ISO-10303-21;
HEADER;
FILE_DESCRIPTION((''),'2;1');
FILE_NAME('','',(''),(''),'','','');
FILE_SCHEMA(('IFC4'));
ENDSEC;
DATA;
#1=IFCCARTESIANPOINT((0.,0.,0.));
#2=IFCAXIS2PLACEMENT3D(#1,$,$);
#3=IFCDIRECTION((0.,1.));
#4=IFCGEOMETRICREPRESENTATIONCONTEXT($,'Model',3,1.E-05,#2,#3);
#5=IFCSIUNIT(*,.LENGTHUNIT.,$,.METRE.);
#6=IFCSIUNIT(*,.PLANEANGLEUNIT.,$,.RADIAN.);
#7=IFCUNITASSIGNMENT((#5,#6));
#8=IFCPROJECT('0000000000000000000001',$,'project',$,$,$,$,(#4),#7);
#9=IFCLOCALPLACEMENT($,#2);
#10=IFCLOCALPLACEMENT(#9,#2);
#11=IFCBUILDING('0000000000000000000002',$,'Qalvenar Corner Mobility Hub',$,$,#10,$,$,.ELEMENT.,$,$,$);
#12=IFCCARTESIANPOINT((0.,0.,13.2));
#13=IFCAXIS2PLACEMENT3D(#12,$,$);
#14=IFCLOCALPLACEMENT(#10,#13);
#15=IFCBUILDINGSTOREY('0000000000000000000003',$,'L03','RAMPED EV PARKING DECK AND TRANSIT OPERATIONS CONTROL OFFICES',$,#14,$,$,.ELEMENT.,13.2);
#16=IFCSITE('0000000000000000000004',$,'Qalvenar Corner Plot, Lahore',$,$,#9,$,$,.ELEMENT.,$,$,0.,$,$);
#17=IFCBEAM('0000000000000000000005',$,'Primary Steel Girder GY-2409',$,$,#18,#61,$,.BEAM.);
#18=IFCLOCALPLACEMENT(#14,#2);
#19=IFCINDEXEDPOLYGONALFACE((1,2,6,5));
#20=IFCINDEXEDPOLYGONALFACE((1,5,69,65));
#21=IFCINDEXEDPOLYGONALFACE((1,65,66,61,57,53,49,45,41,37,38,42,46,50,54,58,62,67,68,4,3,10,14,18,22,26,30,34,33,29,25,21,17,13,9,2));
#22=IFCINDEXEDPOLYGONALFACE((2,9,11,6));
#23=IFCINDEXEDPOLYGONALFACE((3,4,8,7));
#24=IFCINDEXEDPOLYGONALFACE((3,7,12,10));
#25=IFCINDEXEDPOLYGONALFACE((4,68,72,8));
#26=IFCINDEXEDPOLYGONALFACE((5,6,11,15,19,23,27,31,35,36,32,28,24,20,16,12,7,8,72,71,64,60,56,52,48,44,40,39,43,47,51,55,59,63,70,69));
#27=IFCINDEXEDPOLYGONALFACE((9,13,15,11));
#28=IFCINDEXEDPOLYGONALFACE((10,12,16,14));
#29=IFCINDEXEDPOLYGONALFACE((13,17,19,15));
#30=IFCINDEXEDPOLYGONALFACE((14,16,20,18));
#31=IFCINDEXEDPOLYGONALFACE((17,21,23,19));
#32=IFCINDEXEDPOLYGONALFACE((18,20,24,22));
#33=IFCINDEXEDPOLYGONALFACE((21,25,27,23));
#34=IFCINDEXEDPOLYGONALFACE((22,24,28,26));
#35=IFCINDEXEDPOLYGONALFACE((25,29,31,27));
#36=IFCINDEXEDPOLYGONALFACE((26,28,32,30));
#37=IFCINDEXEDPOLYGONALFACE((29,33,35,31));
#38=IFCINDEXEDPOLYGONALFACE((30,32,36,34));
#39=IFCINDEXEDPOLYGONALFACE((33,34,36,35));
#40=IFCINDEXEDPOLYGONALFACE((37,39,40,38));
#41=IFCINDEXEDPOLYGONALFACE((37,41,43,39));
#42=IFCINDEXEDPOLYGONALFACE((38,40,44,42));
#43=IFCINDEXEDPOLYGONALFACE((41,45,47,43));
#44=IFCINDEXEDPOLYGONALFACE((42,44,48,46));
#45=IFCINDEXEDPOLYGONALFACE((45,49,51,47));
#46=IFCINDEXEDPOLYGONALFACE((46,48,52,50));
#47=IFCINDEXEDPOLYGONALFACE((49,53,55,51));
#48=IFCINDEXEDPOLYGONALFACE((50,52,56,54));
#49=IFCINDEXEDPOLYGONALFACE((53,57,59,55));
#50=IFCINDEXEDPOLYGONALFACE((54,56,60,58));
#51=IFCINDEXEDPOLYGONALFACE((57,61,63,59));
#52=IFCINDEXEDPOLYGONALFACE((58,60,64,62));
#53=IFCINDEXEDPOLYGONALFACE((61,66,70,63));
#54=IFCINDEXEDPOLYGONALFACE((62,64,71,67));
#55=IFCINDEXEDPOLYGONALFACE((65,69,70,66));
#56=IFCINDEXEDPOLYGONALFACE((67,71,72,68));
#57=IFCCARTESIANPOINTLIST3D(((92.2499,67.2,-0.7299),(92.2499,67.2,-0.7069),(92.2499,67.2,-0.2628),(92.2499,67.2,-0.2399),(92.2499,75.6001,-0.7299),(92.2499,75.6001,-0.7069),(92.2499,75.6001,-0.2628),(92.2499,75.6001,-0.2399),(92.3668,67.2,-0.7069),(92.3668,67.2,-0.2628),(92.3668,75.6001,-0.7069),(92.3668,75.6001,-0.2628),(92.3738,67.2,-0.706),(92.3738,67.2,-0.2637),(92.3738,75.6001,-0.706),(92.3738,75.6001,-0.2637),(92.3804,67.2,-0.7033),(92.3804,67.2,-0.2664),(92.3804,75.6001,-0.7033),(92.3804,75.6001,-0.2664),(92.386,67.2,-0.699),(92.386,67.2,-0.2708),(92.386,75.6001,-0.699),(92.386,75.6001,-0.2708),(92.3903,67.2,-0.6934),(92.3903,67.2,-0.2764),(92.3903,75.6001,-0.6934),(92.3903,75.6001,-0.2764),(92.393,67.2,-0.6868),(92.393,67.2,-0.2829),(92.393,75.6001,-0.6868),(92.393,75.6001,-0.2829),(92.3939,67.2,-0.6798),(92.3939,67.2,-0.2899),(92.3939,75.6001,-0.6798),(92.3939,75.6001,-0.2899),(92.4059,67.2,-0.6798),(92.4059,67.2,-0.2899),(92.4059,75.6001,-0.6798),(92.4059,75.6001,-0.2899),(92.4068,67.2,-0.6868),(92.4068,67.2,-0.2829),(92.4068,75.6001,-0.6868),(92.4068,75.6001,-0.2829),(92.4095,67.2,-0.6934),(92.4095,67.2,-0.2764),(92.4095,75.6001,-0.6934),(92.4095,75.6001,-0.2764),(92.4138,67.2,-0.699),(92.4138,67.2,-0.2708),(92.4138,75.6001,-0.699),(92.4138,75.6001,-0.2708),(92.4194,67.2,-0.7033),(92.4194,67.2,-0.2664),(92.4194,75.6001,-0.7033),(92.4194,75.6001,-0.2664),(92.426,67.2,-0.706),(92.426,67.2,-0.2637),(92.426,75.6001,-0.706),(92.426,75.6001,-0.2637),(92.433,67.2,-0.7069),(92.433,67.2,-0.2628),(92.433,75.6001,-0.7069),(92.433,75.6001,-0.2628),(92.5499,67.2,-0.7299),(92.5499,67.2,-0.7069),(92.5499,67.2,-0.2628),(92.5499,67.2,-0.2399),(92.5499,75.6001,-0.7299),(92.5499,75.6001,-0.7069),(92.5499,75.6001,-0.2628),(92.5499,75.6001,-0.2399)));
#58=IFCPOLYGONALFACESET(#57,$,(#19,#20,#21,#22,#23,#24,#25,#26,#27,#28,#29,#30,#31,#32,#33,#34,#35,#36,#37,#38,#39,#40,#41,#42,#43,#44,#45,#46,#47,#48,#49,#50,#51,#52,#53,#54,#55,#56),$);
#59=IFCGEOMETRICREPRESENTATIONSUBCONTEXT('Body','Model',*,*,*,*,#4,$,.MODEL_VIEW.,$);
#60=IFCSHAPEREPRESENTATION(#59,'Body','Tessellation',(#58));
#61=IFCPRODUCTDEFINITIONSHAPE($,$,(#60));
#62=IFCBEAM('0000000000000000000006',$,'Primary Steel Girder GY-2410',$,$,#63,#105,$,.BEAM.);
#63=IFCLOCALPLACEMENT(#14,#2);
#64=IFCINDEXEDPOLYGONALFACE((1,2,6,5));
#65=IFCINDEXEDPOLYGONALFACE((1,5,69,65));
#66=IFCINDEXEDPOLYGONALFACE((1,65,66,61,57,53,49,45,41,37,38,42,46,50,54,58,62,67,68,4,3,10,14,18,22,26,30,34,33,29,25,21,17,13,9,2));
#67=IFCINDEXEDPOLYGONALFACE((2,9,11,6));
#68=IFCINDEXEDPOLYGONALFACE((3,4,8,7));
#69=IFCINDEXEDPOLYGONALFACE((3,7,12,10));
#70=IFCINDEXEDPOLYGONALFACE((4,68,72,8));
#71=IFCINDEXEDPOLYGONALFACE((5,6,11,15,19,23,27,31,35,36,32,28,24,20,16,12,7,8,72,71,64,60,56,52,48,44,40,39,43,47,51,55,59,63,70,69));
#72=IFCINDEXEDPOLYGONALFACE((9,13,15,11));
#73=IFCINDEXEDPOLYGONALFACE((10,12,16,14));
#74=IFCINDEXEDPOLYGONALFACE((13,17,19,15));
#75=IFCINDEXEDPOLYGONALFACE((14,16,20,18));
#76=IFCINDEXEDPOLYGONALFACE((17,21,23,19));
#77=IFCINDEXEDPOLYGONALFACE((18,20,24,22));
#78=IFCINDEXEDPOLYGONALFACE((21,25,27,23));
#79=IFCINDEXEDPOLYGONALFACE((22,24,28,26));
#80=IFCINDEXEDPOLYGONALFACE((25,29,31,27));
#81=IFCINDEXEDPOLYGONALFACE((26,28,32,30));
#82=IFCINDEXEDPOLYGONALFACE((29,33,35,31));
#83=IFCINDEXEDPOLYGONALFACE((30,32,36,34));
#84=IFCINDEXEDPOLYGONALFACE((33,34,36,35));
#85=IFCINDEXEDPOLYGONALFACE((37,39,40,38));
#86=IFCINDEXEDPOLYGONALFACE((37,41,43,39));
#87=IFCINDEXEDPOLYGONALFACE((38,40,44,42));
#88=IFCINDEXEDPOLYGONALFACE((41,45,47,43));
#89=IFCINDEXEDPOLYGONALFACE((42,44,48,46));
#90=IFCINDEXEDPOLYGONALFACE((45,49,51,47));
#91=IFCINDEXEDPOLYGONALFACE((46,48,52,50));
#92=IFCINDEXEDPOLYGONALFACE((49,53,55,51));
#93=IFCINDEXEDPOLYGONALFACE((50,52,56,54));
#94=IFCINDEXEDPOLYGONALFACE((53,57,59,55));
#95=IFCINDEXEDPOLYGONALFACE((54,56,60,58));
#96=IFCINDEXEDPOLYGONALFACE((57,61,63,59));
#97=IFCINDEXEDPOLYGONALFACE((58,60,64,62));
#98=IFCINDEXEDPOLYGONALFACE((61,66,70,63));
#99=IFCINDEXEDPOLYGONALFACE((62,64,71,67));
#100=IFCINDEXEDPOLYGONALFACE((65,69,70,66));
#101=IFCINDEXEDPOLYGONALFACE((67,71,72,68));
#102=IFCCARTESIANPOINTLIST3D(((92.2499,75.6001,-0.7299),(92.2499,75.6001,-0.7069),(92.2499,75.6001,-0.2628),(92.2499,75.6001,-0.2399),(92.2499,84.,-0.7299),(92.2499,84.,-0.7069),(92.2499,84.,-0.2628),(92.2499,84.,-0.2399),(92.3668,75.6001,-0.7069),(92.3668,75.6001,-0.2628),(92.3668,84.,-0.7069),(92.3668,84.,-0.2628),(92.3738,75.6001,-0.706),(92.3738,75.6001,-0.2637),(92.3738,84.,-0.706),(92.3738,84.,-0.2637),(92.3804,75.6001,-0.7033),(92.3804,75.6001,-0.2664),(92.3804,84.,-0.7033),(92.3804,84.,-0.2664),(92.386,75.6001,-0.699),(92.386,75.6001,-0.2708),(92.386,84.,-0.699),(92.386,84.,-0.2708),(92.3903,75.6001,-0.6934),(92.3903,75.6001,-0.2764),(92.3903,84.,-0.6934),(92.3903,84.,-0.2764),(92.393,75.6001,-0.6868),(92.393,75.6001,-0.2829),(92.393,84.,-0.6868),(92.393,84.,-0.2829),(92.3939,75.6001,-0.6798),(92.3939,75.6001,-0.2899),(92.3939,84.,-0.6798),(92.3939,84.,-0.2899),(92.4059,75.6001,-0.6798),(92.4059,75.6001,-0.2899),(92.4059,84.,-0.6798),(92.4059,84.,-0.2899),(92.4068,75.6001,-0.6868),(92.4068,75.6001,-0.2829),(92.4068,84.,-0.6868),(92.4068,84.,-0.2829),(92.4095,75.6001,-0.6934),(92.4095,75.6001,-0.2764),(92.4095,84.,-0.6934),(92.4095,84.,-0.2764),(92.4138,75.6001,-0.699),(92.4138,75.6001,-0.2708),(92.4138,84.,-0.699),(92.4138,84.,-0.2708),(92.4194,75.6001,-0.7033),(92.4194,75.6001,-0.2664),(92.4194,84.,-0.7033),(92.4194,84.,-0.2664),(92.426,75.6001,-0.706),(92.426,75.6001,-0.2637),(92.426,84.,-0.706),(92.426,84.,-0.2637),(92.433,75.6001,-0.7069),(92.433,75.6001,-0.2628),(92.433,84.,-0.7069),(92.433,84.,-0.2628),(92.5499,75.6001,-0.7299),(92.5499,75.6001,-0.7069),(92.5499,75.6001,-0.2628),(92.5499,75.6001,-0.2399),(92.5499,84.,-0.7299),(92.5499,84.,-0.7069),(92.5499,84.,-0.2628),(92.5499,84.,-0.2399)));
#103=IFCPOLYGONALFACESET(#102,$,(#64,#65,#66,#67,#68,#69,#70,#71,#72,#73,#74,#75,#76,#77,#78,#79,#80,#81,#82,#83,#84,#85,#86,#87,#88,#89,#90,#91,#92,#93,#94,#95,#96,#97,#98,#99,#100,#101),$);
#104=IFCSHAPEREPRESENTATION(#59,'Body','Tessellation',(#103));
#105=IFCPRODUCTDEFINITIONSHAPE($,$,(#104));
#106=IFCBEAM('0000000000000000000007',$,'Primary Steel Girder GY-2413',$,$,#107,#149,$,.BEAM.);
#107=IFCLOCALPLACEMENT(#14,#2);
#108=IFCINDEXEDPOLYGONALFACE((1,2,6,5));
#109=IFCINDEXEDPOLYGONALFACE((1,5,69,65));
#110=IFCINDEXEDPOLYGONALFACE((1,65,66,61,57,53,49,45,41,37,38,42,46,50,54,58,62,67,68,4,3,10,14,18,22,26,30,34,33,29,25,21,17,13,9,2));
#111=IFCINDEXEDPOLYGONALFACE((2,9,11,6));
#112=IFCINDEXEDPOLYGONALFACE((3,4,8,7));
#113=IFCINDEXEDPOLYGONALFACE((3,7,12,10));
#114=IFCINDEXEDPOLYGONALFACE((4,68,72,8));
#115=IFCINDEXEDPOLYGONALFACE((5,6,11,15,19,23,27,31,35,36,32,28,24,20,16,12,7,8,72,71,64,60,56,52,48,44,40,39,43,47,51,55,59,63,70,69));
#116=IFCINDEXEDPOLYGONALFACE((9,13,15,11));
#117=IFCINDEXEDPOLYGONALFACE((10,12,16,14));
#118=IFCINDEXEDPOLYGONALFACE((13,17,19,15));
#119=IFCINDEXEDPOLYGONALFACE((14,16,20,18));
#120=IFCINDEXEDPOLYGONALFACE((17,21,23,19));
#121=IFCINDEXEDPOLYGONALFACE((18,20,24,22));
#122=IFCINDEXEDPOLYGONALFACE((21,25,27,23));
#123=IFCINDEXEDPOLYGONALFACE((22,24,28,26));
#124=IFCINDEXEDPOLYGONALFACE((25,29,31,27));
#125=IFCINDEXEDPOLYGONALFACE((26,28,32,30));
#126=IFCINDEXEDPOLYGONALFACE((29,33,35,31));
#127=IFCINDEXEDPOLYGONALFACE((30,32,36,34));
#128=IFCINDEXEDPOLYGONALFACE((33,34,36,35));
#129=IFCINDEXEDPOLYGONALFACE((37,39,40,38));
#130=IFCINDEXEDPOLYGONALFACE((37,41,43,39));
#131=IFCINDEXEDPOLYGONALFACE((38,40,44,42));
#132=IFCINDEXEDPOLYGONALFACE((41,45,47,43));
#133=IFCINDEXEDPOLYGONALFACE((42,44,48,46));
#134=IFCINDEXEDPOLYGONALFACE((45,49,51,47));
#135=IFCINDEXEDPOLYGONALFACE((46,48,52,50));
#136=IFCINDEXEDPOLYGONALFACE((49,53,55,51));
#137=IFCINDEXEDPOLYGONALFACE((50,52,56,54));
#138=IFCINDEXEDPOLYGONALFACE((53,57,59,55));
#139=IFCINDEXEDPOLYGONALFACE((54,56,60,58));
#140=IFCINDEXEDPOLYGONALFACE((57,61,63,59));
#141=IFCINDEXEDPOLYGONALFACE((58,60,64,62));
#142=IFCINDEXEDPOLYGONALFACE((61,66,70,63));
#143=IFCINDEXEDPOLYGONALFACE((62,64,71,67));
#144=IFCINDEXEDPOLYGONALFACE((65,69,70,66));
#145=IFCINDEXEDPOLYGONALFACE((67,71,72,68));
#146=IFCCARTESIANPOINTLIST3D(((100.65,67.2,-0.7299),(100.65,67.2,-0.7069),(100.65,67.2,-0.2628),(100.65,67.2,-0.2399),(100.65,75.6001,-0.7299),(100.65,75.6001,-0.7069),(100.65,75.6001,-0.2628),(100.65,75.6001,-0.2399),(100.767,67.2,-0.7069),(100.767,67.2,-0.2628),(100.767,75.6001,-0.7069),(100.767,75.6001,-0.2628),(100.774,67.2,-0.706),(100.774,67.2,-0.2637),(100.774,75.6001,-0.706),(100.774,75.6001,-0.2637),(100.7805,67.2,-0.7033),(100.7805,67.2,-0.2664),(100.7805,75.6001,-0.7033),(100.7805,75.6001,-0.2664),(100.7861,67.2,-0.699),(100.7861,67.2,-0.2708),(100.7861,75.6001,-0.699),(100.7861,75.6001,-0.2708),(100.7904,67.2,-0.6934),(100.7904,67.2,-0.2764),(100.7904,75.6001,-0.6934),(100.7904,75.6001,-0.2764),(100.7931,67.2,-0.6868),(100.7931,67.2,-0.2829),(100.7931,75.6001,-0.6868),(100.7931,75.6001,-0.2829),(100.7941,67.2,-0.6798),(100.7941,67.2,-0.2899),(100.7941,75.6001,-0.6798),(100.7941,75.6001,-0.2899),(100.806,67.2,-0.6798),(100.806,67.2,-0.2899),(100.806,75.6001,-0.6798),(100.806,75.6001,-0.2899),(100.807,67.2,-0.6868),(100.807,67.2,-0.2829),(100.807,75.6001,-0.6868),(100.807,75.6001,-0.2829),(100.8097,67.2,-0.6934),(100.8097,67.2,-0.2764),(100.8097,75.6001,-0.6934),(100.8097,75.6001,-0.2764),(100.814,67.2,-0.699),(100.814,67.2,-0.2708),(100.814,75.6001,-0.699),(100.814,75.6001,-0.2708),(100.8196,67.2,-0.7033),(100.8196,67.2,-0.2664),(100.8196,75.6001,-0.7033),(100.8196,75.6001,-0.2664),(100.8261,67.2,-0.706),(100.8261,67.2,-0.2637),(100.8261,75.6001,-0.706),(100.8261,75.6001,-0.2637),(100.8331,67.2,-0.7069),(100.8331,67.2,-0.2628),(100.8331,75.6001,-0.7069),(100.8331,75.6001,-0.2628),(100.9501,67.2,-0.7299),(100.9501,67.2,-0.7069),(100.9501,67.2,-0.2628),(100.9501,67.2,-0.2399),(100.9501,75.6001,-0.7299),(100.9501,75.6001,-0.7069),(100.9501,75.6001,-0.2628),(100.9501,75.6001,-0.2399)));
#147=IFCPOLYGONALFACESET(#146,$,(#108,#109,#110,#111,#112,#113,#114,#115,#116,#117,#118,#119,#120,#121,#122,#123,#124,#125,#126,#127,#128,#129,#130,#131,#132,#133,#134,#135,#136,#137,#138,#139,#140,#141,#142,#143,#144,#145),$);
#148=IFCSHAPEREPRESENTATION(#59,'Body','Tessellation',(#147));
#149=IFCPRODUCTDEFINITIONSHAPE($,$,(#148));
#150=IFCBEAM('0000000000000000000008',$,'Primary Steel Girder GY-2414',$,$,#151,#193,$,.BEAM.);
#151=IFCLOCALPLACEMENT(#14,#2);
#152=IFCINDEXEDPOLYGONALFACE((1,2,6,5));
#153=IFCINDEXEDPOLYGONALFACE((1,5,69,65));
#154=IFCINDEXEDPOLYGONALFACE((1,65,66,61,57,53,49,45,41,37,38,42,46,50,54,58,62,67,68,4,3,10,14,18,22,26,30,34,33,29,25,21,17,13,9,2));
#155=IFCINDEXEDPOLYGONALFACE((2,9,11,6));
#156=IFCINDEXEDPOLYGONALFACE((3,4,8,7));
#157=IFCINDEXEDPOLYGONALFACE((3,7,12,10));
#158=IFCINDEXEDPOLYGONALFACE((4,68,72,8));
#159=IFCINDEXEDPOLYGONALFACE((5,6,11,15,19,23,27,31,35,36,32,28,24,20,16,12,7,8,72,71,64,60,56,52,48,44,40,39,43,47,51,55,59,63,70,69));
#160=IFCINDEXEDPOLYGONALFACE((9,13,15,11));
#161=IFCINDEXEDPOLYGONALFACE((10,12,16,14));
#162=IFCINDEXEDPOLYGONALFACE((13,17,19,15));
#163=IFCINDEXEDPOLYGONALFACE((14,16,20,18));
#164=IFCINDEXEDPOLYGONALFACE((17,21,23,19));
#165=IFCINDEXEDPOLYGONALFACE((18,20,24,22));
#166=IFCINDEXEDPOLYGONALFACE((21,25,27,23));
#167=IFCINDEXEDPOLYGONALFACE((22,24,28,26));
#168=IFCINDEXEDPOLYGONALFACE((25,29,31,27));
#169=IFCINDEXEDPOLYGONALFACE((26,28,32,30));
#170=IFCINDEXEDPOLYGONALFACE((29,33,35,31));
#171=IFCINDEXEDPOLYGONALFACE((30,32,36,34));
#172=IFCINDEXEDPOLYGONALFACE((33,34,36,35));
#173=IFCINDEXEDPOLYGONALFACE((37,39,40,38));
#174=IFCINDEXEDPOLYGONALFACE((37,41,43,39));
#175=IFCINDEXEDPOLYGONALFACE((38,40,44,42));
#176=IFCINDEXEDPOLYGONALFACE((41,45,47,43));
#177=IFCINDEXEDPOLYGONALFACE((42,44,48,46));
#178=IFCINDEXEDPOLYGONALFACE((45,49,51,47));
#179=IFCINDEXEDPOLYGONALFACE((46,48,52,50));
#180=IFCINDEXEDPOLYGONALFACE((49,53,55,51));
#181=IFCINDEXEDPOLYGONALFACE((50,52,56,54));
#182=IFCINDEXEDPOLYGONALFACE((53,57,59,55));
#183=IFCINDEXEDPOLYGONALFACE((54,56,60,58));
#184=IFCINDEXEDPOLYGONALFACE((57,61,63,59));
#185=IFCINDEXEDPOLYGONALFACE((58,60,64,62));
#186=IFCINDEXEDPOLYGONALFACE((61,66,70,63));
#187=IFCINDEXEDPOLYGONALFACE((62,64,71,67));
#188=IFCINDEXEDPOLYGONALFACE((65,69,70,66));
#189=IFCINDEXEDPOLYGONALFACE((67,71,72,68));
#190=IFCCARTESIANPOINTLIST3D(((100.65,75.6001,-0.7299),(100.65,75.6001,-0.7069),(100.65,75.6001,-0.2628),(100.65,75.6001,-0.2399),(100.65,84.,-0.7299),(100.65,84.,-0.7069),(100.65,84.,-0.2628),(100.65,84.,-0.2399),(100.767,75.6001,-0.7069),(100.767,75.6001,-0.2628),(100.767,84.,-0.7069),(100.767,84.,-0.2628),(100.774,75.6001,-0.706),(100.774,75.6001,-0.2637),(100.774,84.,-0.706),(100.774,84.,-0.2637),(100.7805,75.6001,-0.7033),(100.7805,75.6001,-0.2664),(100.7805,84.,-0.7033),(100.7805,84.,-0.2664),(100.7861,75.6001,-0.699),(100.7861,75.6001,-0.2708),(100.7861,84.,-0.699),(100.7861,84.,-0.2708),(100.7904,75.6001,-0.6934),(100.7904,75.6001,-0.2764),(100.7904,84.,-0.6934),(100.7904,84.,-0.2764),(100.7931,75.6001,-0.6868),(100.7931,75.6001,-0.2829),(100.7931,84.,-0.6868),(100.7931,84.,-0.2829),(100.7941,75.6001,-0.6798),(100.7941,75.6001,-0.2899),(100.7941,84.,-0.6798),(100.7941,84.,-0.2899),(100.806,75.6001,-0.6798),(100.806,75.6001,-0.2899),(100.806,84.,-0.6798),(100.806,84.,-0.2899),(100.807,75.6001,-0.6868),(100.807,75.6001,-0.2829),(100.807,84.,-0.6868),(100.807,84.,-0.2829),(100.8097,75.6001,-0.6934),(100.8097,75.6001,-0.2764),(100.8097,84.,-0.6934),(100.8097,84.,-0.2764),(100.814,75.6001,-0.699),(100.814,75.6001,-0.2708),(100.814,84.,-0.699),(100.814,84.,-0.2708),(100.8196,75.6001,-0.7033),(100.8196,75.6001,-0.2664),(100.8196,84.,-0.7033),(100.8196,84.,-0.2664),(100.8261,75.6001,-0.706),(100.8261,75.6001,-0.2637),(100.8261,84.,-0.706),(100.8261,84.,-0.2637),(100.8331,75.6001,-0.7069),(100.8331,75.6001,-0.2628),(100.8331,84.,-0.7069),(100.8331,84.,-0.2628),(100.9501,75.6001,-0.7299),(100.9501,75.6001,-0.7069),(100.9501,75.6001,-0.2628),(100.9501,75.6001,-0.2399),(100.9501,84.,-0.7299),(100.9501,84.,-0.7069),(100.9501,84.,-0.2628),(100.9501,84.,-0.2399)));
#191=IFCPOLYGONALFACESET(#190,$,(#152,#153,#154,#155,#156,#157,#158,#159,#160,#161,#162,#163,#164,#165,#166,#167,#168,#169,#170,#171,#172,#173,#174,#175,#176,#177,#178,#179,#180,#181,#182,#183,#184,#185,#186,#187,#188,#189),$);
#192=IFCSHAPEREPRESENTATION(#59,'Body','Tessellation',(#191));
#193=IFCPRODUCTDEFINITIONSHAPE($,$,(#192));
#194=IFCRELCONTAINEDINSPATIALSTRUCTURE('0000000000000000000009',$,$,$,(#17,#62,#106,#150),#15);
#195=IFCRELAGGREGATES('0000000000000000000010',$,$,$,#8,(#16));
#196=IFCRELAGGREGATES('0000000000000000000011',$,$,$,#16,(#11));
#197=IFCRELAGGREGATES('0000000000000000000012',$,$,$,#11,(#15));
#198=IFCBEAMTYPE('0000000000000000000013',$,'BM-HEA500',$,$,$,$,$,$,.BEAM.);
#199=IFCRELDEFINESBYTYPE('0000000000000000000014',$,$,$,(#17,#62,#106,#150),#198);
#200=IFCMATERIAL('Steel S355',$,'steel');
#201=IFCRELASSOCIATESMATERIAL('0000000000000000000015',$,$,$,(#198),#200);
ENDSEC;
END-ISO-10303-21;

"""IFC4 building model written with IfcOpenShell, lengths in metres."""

from ifc_helpers import new_model, si_unit, direction, frame, origin, origin_2d, place, context, subcontext, project, spatial, i_section, extrude, material, material_profile, profile_set, type_object, element, save


model = new_model("IFC4")

# Units and contexts
model_context = context("Model", 3, precision=1e-05, world=origin(), true_north=direction((0.0, 1.0)))
body_context = subcontext(model_context, "Body", "Model", "MODEL_VIEW")
ifc_project = project(units=[si_unit("LENGTHUNIT", "METRE"), si_unit("PLANEANGLEUNIT", "RADIAN")], contexts=[model_context])

# Site, building, storey
site_placement = place(None, origin())
site = spatial("IfcSite", under=ifc_project, at=site_placement, Name="Qalvenar Corner Plot, Lahore", CompositionType="ELEMENT", RefElevation=0.0)
building_placement = place(site_placement, origin())
building = spatial("IfcBuilding", under=site, at=building_placement, Name="Qalvenar Corner Mobility Hub", CompositionType="ELEMENT")
storey_placement = place(building_placement, frame((0.0, 0.0, 13.2)))
storey = spatial("IfcBuildingStorey", under=building, at=storey_placement, Name="L03", Description="RAMPED EV PARKING DECK AND TRANSIT OPERATIONS CONTROL OFFICES", CompositionType="ELEMENT", Elevation=13.2)

# Shared definitions
ifc_material = material(Name="Steel S355", Category="steel")

# Beams
ifc_material_profile_1 = material_profile(ifc_material, i_section(OverallWidth=0.3, OverallDepth=0.49, WebThickness=0.012, FlangeThickness=0.0229, FilletRadius=0.0271, at=origin_2d()), Name="HEA500")
ifc_profile_set_1 = profile_set([ifc_material_profile_1], Name="Steel S355")
beam_type_1 = type_object("IfcBeamType", Name="BM-HEA500", PredefinedType="BEAM", material=ifc_profile_set_1)
beam_1_placement = place(storey_placement, frame((92.3999, 67.2, -0.4849), z_axis=(0.0, 1.0, 0.0), x_axis=(-1.0, 0.0, 0.0)))
element("IfcBeam", 1, at=beam_1_placement, inside=storey, type_object=beam_type_1, Name="Primary Steel Girder GY-2409", PredefinedType="BEAM", context=body_context, shape_type="SweptSolid", body=[
    extrude(i_section(OverallWidth=0.3, OverallDepth=0.49, WebThickness=0.012, FlangeThickness=0.0229, FilletRadius=0.0271, at=origin_2d()), origin(), (0.0, 0.0, 1.0), 8.4001),
])
beam_2_placement = place(storey_placement, frame((92.3999, 75.6001, -0.4849), z_axis=(0.0, 1.0, 0.0), x_axis=(-1.0, 0.0, 0.0)))
element("IfcBeam", 2, at=beam_2_placement, inside=storey, type_object=beam_type_1, Name="Primary Steel Girder GY-2410", PredefinedType="BEAM", context=body_context, shape_type="SweptSolid", body=[
    extrude(i_section(OverallWidth=0.3, OverallDepth=0.49, WebThickness=0.012, FlangeThickness=0.0229, FilletRadius=0.0271, at=origin_2d()), origin(), (0.0, 0.0, 1.0), 8.3999),
])
beam_3_placement = place(storey_placement, frame((100.8, 67.2, -0.4849), z_axis=(0.0, 1.0, 0.0), x_axis=(-1.0, 0.0, 0.0)))
element("IfcBeam", 3, at=beam_3_placement, inside=storey, type_object=beam_type_1, Name="Primary Steel Girder GY-2413", PredefinedType="BEAM", context=body_context, shape_type="SweptSolid", body=[
    extrude(i_section(OverallWidth=0.3, OverallDepth=0.49, WebThickness=0.012, FlangeThickness=0.0229, FilletRadius=0.0271, at=origin_2d()), origin(), (0.0, 0.0, 1.0), 8.4001),
])
beam_4_placement = place(storey_placement, frame((100.8, 75.6001, -0.4849), z_axis=(0.0, 1.0, 0.0), x_axis=(-1.0, 0.0, 0.0)))
element("IfcBeam", 4, at=beam_4_placement, inside=storey, type_object=beam_type_1, Name="Primary Steel Girder GY-2414", PredefinedType="BEAM", context=body_context, shape_type="SweptSolid", body=[
    extrude(i_section(OverallWidth=0.3, OverallDepth=0.49, WebThickness=0.012, FlangeThickness=0.0229, FilletRadius=0.0271, at=origin_2d()), origin(), (0.0, 0.0, 1.0), 8.3999),
])

save(model, "model.ifc")
